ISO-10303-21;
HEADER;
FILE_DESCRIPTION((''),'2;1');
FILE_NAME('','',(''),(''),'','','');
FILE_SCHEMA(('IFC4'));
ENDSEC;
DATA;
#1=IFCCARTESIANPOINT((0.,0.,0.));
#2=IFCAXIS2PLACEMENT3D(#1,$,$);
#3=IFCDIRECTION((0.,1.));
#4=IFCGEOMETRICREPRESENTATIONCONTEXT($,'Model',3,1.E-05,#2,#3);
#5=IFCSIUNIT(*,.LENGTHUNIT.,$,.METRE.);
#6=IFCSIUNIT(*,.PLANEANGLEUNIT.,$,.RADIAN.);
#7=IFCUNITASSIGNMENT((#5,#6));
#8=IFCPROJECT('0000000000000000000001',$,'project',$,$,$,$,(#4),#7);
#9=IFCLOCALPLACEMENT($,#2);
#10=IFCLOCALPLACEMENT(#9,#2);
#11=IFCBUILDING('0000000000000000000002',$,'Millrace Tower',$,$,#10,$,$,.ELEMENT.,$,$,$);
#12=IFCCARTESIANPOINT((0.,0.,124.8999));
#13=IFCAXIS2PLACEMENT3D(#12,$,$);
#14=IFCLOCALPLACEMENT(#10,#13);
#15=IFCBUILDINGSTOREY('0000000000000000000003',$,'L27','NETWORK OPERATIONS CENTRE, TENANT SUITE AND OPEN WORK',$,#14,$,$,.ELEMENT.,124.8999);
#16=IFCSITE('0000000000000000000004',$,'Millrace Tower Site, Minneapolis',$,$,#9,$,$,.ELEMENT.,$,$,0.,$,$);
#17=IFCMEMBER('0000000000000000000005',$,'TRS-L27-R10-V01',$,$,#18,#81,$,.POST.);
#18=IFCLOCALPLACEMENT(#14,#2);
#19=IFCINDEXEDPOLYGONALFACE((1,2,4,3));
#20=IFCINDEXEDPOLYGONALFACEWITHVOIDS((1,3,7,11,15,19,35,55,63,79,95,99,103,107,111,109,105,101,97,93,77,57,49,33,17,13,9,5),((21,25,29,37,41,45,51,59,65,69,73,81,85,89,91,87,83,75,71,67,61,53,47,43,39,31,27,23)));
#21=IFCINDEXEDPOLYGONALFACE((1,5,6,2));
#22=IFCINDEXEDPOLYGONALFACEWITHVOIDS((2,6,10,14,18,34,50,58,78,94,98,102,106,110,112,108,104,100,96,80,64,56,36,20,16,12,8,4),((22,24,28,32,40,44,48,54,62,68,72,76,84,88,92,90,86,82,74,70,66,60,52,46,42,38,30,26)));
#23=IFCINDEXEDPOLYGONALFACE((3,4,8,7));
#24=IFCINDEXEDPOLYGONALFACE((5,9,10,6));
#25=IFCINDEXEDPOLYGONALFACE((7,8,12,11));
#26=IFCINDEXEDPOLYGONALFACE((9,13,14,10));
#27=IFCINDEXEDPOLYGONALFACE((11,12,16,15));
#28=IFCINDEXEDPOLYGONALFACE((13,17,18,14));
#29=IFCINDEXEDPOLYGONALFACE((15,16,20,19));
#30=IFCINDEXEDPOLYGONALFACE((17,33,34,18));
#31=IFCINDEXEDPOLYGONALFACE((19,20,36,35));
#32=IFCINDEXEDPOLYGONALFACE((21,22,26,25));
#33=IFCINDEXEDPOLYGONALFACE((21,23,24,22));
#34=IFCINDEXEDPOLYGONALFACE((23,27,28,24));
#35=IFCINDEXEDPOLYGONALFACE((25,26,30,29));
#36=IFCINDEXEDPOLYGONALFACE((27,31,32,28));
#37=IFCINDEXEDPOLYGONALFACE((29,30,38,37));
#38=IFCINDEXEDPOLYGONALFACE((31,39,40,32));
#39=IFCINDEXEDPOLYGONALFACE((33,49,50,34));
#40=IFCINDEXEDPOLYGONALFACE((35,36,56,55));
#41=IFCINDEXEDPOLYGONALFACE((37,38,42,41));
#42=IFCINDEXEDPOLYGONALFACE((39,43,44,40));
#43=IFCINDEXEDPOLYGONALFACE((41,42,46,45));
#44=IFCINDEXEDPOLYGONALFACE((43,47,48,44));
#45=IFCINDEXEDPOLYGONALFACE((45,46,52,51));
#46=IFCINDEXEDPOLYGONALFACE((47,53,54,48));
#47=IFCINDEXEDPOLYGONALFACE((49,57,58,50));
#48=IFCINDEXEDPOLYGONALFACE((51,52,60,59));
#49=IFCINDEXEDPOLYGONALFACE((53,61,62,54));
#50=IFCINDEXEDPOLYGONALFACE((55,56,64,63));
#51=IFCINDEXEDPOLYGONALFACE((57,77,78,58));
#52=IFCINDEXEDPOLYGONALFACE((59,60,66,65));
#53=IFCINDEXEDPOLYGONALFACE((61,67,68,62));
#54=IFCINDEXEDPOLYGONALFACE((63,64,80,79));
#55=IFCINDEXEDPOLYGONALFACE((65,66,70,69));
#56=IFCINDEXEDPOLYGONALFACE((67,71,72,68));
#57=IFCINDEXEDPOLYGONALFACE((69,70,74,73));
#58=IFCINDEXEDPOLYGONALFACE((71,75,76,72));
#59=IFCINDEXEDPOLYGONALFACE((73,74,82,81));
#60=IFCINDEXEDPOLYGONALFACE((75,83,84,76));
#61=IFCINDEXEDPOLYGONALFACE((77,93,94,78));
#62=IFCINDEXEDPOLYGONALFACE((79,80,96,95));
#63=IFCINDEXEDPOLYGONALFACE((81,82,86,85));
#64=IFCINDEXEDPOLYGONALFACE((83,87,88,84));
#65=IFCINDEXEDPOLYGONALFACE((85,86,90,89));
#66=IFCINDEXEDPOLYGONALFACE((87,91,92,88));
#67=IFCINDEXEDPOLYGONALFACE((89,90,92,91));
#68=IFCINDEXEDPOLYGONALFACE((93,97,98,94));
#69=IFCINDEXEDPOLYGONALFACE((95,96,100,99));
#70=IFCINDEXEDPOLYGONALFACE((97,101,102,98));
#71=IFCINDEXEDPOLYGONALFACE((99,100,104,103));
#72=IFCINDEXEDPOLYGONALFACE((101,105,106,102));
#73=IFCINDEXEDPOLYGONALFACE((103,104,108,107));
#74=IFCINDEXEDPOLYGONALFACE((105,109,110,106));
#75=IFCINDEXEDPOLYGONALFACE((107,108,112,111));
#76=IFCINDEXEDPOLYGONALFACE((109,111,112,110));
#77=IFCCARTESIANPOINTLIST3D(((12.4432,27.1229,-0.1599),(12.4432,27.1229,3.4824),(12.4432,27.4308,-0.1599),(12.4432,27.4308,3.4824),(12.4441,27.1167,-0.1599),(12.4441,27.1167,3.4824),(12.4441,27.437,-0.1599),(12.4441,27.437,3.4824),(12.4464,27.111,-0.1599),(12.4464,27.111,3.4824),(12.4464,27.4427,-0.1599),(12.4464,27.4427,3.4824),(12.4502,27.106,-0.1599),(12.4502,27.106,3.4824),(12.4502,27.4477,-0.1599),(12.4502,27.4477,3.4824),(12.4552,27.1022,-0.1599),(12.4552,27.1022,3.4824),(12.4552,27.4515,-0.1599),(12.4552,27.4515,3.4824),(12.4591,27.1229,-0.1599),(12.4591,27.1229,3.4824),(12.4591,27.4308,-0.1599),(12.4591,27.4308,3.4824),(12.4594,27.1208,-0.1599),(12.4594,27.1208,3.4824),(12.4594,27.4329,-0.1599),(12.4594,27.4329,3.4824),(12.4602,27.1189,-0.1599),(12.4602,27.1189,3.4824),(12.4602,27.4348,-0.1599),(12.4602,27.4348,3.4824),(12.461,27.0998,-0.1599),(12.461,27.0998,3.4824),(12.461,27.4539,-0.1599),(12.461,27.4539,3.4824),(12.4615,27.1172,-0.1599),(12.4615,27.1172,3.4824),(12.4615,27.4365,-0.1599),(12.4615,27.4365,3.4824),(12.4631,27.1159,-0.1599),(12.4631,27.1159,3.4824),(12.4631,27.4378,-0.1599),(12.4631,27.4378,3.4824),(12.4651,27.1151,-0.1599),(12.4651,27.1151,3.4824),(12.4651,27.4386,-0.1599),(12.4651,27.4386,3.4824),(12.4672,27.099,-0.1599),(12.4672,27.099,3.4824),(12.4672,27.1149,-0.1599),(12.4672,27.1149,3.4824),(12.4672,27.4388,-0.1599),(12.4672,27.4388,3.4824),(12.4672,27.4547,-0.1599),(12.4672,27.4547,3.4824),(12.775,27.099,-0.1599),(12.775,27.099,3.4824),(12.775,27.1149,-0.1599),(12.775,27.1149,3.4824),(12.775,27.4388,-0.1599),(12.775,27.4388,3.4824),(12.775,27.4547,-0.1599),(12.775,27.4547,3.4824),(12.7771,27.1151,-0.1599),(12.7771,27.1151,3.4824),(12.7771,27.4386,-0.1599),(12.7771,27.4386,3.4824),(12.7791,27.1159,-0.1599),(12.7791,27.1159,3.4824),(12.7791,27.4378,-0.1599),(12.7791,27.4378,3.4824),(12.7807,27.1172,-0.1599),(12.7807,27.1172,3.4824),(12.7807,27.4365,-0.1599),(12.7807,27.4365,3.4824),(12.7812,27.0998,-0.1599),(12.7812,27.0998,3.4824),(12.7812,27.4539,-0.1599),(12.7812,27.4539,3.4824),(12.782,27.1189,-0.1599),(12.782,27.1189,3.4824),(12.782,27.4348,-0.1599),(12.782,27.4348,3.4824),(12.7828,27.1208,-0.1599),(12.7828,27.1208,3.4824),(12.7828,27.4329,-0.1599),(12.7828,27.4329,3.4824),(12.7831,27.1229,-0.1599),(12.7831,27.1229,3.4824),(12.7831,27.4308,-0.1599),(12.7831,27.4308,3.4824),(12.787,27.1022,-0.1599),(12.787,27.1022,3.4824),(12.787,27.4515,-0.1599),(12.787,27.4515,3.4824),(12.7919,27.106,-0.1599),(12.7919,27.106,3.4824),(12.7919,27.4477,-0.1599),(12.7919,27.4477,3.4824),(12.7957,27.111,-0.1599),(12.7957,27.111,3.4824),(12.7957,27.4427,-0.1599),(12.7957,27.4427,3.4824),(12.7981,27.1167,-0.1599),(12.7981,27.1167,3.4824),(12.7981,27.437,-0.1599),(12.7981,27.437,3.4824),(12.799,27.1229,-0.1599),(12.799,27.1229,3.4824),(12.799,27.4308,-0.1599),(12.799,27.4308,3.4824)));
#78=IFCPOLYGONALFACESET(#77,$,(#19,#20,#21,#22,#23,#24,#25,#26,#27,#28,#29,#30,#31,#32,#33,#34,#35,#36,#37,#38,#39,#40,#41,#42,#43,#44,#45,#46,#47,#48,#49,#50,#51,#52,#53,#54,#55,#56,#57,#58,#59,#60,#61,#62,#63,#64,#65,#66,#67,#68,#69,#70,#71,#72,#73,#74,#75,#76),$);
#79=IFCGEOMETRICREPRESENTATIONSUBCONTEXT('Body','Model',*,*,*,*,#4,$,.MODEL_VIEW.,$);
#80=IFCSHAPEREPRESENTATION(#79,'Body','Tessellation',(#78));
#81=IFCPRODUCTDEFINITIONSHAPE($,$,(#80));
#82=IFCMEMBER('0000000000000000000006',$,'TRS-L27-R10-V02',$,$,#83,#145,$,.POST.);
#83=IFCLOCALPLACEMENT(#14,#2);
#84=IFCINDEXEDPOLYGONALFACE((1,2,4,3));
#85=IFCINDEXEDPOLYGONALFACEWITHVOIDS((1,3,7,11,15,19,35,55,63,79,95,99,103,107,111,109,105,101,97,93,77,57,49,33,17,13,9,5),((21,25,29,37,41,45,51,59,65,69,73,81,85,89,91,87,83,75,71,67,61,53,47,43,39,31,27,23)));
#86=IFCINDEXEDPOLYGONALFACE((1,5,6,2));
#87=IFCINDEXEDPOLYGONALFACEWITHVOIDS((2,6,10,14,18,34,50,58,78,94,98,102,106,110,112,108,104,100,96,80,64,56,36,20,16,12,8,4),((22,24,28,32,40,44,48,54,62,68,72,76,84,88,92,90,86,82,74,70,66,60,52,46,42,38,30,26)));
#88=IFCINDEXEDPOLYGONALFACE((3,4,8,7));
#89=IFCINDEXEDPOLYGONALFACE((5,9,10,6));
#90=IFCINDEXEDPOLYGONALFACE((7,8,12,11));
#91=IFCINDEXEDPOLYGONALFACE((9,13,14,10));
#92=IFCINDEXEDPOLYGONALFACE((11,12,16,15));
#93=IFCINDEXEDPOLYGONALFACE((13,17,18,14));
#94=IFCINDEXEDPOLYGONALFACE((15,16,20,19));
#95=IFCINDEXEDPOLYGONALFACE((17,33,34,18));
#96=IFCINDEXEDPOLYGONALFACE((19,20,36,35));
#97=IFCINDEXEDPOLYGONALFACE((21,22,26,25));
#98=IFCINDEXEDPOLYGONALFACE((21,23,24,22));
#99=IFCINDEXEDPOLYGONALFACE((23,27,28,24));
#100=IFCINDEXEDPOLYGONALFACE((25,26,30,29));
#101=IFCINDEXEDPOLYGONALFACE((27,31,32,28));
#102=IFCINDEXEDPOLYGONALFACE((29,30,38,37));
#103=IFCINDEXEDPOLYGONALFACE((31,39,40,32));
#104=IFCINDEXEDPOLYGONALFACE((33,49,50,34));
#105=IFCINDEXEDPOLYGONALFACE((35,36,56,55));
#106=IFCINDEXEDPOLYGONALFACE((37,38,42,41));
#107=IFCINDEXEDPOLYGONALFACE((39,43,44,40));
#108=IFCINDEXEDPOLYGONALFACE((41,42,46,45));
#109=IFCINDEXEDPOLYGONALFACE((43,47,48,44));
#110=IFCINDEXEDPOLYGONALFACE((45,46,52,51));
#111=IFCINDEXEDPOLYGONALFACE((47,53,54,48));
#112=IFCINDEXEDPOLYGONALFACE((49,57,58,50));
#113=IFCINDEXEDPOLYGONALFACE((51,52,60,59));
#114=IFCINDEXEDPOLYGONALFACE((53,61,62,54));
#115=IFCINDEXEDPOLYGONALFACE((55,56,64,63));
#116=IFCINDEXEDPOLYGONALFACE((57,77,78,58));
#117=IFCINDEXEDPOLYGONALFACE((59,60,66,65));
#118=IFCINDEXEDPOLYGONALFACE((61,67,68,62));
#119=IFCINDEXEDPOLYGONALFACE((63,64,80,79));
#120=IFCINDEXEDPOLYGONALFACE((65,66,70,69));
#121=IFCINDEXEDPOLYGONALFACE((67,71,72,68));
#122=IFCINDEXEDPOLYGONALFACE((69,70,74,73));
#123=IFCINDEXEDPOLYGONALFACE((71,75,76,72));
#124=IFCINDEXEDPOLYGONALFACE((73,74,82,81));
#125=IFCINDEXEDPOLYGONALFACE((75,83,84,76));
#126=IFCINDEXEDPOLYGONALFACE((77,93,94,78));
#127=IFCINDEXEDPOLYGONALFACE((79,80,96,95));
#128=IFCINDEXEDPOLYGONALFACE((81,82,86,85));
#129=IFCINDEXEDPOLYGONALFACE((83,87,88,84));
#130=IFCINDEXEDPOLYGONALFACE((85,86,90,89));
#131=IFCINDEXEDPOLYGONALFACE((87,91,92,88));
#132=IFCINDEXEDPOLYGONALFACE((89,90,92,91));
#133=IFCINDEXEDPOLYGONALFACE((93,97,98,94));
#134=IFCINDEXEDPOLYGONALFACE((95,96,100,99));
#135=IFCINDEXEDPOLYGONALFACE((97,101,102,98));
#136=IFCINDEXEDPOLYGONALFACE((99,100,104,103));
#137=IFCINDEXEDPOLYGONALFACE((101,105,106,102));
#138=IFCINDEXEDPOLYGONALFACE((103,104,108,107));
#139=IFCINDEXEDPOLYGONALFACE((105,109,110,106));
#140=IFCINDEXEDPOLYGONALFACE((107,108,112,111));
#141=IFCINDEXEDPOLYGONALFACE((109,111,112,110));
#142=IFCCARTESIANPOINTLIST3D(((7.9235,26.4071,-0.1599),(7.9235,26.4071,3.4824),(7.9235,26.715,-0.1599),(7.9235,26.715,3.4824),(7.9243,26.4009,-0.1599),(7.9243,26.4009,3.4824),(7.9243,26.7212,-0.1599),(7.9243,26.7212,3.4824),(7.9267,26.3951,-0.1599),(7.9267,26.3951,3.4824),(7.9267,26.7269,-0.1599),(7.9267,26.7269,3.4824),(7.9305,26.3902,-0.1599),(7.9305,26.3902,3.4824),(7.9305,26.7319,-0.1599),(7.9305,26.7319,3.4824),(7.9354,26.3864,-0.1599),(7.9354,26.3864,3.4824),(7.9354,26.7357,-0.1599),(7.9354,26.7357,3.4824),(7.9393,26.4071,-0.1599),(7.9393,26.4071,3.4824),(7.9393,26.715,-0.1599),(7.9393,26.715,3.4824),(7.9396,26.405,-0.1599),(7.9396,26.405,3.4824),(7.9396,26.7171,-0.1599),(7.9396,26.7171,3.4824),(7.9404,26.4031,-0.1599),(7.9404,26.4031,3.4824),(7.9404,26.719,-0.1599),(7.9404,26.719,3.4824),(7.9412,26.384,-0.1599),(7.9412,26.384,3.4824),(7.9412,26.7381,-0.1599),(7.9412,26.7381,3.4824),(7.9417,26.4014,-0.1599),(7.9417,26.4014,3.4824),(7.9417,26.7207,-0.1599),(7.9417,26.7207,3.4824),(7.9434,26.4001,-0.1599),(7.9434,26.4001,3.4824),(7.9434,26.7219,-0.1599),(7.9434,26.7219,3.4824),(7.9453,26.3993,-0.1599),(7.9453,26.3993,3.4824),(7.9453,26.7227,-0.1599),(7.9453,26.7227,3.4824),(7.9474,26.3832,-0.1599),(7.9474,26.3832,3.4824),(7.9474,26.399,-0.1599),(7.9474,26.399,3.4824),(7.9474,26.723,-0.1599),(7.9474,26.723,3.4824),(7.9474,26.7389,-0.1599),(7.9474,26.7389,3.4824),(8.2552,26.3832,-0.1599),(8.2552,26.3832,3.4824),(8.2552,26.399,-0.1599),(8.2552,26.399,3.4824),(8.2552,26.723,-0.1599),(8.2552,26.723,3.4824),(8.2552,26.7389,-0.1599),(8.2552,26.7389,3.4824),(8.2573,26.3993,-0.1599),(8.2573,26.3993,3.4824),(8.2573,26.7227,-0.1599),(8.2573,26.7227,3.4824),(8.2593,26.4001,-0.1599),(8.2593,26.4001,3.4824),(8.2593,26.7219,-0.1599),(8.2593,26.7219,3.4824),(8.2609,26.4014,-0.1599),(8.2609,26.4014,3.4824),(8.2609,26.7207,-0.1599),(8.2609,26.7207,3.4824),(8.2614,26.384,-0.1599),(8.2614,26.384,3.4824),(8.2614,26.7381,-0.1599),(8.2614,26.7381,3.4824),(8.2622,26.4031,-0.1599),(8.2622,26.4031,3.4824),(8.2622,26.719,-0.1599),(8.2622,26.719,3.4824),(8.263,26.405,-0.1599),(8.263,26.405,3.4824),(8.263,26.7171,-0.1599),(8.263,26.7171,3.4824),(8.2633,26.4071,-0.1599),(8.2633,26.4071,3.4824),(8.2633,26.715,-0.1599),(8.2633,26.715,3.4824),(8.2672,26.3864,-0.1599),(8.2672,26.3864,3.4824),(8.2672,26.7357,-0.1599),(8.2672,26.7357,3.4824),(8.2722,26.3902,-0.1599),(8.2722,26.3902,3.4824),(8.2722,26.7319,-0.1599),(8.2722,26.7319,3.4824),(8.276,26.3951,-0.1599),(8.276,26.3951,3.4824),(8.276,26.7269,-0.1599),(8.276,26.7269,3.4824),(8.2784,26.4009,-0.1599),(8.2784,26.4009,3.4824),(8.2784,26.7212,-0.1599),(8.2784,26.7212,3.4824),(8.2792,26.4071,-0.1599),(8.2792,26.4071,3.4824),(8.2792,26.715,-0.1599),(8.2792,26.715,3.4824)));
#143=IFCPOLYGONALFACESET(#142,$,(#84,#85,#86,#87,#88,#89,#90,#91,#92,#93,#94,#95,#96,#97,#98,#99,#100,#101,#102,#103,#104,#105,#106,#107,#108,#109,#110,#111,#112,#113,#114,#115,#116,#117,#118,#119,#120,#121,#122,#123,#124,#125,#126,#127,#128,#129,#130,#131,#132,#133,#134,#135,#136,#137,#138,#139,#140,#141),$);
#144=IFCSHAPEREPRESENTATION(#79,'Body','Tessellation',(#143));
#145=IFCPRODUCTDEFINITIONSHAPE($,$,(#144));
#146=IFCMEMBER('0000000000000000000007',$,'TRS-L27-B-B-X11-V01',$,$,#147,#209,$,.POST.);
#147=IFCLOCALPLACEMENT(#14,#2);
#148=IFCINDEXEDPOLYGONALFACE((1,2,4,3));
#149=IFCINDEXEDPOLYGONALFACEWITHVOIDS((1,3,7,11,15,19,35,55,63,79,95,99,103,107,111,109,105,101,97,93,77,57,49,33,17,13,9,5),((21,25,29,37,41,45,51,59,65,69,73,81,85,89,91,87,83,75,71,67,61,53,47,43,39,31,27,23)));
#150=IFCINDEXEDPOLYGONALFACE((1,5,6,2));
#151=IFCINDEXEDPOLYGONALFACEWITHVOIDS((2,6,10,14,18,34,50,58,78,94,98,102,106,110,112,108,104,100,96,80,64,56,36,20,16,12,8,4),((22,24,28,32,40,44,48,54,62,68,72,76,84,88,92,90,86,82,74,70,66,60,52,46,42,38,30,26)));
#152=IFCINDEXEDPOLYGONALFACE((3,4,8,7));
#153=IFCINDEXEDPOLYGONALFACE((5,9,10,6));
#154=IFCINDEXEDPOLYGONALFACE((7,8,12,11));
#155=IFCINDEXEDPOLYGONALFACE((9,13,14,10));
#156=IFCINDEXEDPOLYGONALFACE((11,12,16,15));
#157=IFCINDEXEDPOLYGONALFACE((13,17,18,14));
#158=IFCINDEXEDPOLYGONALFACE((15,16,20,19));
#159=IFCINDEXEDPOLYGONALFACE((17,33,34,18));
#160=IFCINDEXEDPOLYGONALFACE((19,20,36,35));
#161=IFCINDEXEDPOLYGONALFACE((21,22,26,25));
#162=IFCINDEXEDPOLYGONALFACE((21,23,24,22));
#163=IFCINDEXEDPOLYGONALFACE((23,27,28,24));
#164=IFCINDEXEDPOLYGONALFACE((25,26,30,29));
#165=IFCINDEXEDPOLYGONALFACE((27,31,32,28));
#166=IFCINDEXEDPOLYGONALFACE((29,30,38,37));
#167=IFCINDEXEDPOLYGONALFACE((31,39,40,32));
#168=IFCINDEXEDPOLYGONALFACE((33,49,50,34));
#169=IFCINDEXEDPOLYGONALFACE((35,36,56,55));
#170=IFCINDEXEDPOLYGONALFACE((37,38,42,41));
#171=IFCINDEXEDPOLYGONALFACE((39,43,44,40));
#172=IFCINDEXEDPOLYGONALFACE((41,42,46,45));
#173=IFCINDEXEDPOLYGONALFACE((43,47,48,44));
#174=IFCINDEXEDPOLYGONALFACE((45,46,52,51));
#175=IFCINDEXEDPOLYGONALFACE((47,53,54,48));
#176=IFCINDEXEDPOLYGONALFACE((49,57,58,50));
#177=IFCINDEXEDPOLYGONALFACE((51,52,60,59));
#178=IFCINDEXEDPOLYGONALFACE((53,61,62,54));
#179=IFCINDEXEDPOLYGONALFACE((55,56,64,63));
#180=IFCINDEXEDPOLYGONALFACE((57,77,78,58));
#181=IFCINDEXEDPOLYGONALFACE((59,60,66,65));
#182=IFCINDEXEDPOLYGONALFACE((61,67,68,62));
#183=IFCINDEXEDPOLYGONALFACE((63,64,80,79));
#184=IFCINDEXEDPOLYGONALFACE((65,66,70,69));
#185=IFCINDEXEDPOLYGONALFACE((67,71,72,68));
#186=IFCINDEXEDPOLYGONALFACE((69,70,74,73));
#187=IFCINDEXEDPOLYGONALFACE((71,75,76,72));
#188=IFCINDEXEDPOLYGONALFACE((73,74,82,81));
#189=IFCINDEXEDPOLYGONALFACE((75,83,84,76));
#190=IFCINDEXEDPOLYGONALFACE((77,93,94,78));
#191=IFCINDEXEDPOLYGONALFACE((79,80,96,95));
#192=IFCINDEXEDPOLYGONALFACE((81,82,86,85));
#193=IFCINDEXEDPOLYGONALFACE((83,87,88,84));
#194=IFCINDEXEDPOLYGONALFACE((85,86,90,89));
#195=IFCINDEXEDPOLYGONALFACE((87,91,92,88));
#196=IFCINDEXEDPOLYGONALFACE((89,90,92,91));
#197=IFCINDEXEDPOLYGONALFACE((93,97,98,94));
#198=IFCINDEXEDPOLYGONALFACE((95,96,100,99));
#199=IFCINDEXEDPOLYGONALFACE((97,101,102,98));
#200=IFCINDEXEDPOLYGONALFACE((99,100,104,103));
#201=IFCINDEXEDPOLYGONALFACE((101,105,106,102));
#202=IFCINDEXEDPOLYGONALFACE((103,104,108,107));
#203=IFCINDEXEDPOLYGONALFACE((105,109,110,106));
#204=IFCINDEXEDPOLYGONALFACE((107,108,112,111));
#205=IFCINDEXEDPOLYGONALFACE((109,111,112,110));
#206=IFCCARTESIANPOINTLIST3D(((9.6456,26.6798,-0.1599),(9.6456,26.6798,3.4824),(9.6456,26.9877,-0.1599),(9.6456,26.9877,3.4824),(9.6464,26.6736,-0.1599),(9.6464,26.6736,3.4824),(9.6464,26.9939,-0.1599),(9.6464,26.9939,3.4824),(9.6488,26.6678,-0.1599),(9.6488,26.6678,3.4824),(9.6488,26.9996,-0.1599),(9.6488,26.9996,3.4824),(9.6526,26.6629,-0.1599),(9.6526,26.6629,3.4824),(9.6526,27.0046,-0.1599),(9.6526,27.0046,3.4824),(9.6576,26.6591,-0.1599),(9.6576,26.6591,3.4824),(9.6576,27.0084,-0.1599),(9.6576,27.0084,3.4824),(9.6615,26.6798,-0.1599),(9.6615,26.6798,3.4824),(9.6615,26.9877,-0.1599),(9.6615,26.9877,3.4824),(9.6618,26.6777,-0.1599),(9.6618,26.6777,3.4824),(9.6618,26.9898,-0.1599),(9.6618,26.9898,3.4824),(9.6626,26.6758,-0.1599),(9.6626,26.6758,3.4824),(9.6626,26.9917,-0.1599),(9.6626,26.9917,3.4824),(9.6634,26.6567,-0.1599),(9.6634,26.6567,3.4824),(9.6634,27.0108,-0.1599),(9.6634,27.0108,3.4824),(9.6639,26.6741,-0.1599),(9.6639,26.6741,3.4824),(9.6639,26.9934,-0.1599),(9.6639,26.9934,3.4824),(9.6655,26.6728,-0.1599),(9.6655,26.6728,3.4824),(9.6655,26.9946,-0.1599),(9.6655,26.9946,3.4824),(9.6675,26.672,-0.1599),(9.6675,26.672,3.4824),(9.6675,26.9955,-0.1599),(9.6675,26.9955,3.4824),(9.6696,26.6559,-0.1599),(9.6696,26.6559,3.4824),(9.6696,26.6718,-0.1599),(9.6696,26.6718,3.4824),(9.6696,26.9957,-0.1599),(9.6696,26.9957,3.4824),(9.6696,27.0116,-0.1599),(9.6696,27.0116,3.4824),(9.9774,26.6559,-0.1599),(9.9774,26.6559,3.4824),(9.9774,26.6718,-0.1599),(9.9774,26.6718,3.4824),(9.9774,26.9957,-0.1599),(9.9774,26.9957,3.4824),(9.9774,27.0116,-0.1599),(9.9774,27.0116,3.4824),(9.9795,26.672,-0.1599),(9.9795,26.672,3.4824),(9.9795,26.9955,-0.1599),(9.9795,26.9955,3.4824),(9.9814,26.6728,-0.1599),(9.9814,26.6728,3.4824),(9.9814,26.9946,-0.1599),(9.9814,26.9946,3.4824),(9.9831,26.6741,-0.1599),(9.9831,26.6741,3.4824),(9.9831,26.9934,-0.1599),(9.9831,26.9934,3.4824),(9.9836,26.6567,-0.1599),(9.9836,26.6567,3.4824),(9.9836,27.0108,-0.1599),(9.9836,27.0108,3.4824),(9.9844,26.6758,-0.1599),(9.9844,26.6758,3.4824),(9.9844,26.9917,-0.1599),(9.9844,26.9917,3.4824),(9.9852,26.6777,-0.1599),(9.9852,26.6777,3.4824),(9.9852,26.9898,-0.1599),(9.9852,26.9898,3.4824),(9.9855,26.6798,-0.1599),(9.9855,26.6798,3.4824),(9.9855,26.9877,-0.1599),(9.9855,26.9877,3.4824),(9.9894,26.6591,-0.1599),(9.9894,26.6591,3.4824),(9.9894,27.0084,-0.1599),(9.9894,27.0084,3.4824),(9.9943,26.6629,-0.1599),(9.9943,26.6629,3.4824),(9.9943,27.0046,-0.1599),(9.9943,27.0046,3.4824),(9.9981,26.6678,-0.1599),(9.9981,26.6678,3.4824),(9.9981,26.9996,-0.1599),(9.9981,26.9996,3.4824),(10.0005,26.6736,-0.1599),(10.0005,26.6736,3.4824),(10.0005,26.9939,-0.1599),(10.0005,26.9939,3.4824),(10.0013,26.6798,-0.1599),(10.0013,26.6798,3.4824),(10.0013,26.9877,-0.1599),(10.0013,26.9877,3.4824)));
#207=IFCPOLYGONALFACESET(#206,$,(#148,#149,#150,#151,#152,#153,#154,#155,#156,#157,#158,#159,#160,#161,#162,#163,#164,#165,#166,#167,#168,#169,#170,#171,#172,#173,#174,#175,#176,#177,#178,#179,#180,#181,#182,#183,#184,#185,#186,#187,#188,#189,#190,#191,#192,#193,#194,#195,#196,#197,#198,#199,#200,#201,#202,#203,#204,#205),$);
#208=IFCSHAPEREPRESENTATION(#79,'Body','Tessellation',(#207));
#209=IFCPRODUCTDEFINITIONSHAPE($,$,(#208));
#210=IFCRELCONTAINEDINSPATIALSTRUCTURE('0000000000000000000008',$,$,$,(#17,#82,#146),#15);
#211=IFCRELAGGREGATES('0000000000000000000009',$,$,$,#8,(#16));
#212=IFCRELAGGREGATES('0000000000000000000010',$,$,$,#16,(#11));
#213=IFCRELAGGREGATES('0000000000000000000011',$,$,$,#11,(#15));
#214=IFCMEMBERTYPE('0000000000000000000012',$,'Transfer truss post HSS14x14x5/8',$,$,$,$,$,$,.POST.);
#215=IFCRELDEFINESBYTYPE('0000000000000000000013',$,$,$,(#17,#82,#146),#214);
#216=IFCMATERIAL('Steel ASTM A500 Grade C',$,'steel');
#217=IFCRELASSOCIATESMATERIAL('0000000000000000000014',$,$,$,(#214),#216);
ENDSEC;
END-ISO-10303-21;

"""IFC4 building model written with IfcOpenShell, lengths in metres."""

from ifc_helpers import new_model, si_unit, direction, frame, origin, origin_2d, place, context, subcontext, project, spatial, hollow_rectangle, extrude, material, material_profile, profile_set, type_object, element, save


model = new_model("IFC4")

# Units and contexts
model_context = context("Model", 3, precision=1e-05, world=origin(), true_north=direction((0.0, 1.0)))
body_context = subcontext(model_context, "Body", "Model", "MODEL_VIEW")
ifc_project = project(units=[si_unit("LENGTHUNIT", "METRE"), si_unit("PLANEANGLEUNIT", "RADIAN")], contexts=[model_context])

# Site, building, storey
site_placement = place(None, origin())
site = spatial("IfcSite", under=ifc_project, at=site_placement, Name="Millrace Tower Site, Minneapolis", CompositionType="ELEMENT", RefElevation=0.0)
building_placement = place(site_placement, origin())
building = spatial("IfcBuilding", under=site, at=building_placement, Name="Millrace Tower", CompositionType="ELEMENT")
storey_placement = place(building_placement, frame((0.0, 0.0, 124.8999)))
storey = spatial("IfcBuildingStorey", under=building, at=storey_placement, Name="L27", Description="NETWORK OPERATIONS CENTRE, TENANT SUITE AND OPEN WORK", CompositionType="ELEMENT", Elevation=124.8999)

# Members
ifc_material_1 = material(Name="Steel ASTM A500 Grade C", Category="steel")
ifc_material_profile_1 = material_profile(ifc_material_1, hollow_rectangle(XDim=0.3557, YDim=0.3557, WallThickness=0.0159, InnerFilletRadius=0.0081, OuterFilletRadius=0.0239, at=origin_2d()))
ifc_profile_set_1 = profile_set([ifc_material_profile_1], Name="Steel ASTM A500 Grade C")
member_type_1 = type_object("IfcMemberType", Name="Transfer truss post HSS14x14x5/8", PredefinedType="POST", material=ifc_profile_set_1)
for number, where, z_axis, x_axis, name in (
    (1, (12.6211, 27.2769, -0.1599), (0.0, 0.0, 1.0), (1.0, 0.0, 0.0), "TRS-L27-R10-V01"),
    (2, (8.1013, 26.561, -0.1599), (0.0, 0.0, 1.0), (1.0, 0.0, 0.0), "TRS-L27-R10-V02"),
    (3, (9.8235, 26.8337, -0.1599), (0.0, 0.0, 1.0), (1.0, 0.0, 0.0), "TRS-L27-B-B-X11-V01"),
):
    element("IfcMember", number, at=place(storey_placement, frame(where, z_axis=z_axis, x_axis=x_axis)), inside=storey, type_object=member_type_1, Name=name, PredefinedType="POST", context=body_context, shape_type="SweptSolid", body=[
        extrude(hollow_rectangle(XDim=0.3557, YDim=0.3557, WallThickness=0.0159, InnerFilletRadius=0.0081, OuterFilletRadius=0.0239, at=origin_2d()), origin(), (0.0, 0.0, 1.0), 3.6423),
    ])

save(model, "model.ifc")
